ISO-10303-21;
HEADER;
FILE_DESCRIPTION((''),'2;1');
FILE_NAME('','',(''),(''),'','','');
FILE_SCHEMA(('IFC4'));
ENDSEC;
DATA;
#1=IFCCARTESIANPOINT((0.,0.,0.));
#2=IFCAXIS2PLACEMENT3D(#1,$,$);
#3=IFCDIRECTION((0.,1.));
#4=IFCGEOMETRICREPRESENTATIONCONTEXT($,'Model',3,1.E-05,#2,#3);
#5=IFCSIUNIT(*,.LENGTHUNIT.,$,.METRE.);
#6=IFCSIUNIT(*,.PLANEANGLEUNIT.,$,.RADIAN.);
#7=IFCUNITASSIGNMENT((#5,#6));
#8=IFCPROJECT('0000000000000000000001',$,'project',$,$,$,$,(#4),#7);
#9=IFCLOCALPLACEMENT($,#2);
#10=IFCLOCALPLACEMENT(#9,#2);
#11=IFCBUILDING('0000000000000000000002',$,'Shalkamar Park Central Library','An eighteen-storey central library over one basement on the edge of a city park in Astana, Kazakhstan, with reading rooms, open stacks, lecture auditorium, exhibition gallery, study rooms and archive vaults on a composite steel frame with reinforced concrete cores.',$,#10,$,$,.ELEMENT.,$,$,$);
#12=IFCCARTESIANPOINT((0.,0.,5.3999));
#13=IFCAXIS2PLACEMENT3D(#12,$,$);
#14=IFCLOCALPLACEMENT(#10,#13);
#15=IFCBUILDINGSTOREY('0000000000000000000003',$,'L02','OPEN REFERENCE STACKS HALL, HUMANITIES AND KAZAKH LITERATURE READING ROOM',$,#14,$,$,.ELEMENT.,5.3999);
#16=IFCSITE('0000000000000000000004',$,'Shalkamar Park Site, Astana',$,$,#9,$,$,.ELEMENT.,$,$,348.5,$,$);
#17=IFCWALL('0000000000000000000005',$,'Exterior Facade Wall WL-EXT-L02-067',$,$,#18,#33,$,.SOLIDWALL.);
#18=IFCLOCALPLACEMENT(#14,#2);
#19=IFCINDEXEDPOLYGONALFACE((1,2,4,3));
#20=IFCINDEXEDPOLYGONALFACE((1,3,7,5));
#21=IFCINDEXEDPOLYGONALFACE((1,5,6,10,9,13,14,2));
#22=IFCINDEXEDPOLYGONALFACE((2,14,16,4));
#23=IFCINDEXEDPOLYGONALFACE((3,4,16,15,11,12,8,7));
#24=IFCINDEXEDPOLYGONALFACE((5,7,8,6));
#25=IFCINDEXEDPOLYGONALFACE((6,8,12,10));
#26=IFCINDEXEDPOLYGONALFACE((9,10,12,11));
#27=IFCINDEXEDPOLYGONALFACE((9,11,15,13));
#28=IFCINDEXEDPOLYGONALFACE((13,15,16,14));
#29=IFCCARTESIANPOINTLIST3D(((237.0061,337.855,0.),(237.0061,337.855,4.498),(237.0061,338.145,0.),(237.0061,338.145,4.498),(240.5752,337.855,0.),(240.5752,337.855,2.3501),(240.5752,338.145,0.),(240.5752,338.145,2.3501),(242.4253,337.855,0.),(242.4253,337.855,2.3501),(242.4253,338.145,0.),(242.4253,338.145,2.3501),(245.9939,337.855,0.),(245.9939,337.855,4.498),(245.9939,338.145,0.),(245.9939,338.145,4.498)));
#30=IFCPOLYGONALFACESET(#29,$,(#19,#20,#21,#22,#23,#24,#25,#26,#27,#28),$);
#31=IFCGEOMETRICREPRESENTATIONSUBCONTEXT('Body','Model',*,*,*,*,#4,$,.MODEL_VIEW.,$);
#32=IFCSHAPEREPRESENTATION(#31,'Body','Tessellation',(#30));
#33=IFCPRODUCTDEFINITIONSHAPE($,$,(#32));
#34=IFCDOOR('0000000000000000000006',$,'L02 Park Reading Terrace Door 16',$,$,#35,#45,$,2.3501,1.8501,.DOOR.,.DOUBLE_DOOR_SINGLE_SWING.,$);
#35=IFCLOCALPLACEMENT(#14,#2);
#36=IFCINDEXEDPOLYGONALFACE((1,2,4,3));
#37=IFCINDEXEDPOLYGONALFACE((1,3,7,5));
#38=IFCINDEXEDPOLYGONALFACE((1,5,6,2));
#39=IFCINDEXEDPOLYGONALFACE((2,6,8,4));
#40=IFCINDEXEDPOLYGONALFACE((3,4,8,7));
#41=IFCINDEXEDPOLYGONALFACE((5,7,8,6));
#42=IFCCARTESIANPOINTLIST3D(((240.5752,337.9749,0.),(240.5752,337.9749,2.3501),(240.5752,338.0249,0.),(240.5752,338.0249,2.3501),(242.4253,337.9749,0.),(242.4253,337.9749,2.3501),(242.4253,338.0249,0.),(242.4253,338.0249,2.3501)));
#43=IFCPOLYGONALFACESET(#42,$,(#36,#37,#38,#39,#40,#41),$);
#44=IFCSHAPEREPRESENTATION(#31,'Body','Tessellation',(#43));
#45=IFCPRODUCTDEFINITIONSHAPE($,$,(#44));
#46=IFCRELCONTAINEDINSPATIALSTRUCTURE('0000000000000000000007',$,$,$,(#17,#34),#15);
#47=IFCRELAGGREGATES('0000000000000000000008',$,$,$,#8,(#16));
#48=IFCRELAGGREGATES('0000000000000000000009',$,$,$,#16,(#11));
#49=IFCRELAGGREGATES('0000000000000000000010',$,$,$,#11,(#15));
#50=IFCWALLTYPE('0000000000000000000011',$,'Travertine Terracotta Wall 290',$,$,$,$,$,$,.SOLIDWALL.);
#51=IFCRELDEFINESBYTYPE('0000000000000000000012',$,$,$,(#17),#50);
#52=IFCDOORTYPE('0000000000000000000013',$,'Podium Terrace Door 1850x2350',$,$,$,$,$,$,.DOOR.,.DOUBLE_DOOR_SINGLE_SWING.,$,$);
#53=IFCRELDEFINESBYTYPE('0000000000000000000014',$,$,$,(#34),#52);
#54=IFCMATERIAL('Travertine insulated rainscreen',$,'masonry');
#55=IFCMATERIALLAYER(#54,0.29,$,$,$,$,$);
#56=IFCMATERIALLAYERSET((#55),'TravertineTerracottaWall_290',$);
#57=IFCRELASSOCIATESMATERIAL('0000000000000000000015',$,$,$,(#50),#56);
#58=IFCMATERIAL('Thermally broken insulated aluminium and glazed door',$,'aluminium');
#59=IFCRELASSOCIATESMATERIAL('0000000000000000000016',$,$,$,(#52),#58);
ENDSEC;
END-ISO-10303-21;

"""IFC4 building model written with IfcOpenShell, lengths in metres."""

from ifc_helpers import new_model, si_unit, direction, frame, frame_2d, origin, place, context, subcontext, project, spatial, rectangle, extrude, material, layer, layer_set, type_object, element, fill, save


model = new_model("IFC4")

# Units and contexts
model_context = context("Model", 3, precision=1e-05, world=origin(), true_north=direction((0.0, 1.0)))
body_context = subcontext(model_context, "Body", "Model", "MODEL_VIEW")
ifc_project = project(units=[si_unit("LENGTHUNIT", "METRE"), si_unit("PLANEANGLEUNIT", "RADIAN")], contexts=[model_context])

# Site, building, storey
site_placement = place(None, origin())
site = spatial("IfcSite", under=ifc_project, at=site_placement, Name="Shalkamar Park Site, Astana", CompositionType="ELEMENT", RefElevation=348.5)
building_placement = place(site_placement, origin())
building = spatial("IfcBuilding", under=site, at=building_placement, Name="Shalkamar Park Central Library", Description="An eighteen-storey central library over one basement on the edge of a city park in Astana, Kazakhstan, with reading rooms, open stacks, lecture auditorium, exhibition gallery, study rooms and archive vaults on a composite steel frame with reinforced concrete cores.", CompositionType="ELEMENT")
storey_placement = place(building_placement, frame((0.0, 0.0, 5.3999)))
storey = spatial("IfcBuildingStorey", under=building, at=storey_placement, Name="L02", Description="OPEN REFERENCE STACKS HALL, HUMANITIES AND KAZAKH LITERATURE READING ROOM", CompositionType="ELEMENT", Elevation=5.3999)

# Wall, opening, door
ifc_material_1 = material(Name="Travertine insulated rainscreen", Category="masonry")
ifc_layer_1 = layer(ifc_material_1, 0.29)
ifc_layer_set_1 = layer_set([ifc_layer_1], Name="TravertineTerracottaWall_290")
wall_type = type_object("IfcWallType", Name="Travertine Terracotta Wall 290", PredefinedType="SOLIDWALL", material=ifc_layer_set_1)
wall_placement = place(storey_placement, frame((237.0061, 338.0, 0.0), z_axis=(0.0, 0.0, 1.0), x_axis=(1.0, 0.0, 0.0)))
wall = element("IfcWall", 1, at=wall_placement, inside=storey, type_object=wall_type, Name="Exterior Facade Wall WL-EXT-L02-067", PredefinedType="SOLIDWALL", context=body_context, shape_type="SweptSolid", body=[
    extrude(rectangle(XDim=8.9878, YDim=0.29, at=frame_2d((4.4939, 0.0))), origin(), (0.0, 0.0, 1.0), 4.498),
])
opening_placement = place(wall_placement, frame((3.5691, 0.0, 0.0)))
opening = element("IfcOpeningElement", 2, at=opening_placement, cuts=wall, PredefinedType="OPENING", context=body_context, shape_type="SweptSolid", body=[
    extrude(rectangle(XDim=1.8501, YDim=2.3501, at=frame_2d((0.925, 1.175))), frame((0.0, 0.1599, 0.0), z_axis=(0.0, -1.0, 0.0), x_axis=(1.0, 0.0, 0.0)), (0.0, 0.0, 1.0), 0.3198),
])
ifc_material_2 = material(Name="Thermally broken insulated aluminium and glazed door", Category="aluminium")
door_type = type_object("IfcDoorType", Name="Podium Terrace Door 1850x2350", OperationType="DOUBLE_DOOR_SINGLE_SWING", PredefinedType="DOOR", material=ifc_material_2)
door_placement = place(opening_placement, origin())
door = element("IfcDoor", 3, at=door_placement, inside=storey, type_object=door_type, Name="L02 Park Reading Terrace Door 16", OperationType="DOUBLE_DOOR_SINGLE_SWING", OverallHeight=2.3501, OverallWidth=1.8501, PredefinedType="DOOR", context=body_context, shape_type="SweptSolid", body=[
    extrude(rectangle(XDim=1.8501, YDim=2.3501, at=frame_2d((0.925, 1.175))), frame((0.0, 0.0249, 0.0), z_axis=(0.0, -1.0, 0.0), x_axis=(1.0, 0.0, 0.0)), (0.0, 0.0, 1.0), 0.05),
])
fill(opening, door)

save(model, "model.ifc")
